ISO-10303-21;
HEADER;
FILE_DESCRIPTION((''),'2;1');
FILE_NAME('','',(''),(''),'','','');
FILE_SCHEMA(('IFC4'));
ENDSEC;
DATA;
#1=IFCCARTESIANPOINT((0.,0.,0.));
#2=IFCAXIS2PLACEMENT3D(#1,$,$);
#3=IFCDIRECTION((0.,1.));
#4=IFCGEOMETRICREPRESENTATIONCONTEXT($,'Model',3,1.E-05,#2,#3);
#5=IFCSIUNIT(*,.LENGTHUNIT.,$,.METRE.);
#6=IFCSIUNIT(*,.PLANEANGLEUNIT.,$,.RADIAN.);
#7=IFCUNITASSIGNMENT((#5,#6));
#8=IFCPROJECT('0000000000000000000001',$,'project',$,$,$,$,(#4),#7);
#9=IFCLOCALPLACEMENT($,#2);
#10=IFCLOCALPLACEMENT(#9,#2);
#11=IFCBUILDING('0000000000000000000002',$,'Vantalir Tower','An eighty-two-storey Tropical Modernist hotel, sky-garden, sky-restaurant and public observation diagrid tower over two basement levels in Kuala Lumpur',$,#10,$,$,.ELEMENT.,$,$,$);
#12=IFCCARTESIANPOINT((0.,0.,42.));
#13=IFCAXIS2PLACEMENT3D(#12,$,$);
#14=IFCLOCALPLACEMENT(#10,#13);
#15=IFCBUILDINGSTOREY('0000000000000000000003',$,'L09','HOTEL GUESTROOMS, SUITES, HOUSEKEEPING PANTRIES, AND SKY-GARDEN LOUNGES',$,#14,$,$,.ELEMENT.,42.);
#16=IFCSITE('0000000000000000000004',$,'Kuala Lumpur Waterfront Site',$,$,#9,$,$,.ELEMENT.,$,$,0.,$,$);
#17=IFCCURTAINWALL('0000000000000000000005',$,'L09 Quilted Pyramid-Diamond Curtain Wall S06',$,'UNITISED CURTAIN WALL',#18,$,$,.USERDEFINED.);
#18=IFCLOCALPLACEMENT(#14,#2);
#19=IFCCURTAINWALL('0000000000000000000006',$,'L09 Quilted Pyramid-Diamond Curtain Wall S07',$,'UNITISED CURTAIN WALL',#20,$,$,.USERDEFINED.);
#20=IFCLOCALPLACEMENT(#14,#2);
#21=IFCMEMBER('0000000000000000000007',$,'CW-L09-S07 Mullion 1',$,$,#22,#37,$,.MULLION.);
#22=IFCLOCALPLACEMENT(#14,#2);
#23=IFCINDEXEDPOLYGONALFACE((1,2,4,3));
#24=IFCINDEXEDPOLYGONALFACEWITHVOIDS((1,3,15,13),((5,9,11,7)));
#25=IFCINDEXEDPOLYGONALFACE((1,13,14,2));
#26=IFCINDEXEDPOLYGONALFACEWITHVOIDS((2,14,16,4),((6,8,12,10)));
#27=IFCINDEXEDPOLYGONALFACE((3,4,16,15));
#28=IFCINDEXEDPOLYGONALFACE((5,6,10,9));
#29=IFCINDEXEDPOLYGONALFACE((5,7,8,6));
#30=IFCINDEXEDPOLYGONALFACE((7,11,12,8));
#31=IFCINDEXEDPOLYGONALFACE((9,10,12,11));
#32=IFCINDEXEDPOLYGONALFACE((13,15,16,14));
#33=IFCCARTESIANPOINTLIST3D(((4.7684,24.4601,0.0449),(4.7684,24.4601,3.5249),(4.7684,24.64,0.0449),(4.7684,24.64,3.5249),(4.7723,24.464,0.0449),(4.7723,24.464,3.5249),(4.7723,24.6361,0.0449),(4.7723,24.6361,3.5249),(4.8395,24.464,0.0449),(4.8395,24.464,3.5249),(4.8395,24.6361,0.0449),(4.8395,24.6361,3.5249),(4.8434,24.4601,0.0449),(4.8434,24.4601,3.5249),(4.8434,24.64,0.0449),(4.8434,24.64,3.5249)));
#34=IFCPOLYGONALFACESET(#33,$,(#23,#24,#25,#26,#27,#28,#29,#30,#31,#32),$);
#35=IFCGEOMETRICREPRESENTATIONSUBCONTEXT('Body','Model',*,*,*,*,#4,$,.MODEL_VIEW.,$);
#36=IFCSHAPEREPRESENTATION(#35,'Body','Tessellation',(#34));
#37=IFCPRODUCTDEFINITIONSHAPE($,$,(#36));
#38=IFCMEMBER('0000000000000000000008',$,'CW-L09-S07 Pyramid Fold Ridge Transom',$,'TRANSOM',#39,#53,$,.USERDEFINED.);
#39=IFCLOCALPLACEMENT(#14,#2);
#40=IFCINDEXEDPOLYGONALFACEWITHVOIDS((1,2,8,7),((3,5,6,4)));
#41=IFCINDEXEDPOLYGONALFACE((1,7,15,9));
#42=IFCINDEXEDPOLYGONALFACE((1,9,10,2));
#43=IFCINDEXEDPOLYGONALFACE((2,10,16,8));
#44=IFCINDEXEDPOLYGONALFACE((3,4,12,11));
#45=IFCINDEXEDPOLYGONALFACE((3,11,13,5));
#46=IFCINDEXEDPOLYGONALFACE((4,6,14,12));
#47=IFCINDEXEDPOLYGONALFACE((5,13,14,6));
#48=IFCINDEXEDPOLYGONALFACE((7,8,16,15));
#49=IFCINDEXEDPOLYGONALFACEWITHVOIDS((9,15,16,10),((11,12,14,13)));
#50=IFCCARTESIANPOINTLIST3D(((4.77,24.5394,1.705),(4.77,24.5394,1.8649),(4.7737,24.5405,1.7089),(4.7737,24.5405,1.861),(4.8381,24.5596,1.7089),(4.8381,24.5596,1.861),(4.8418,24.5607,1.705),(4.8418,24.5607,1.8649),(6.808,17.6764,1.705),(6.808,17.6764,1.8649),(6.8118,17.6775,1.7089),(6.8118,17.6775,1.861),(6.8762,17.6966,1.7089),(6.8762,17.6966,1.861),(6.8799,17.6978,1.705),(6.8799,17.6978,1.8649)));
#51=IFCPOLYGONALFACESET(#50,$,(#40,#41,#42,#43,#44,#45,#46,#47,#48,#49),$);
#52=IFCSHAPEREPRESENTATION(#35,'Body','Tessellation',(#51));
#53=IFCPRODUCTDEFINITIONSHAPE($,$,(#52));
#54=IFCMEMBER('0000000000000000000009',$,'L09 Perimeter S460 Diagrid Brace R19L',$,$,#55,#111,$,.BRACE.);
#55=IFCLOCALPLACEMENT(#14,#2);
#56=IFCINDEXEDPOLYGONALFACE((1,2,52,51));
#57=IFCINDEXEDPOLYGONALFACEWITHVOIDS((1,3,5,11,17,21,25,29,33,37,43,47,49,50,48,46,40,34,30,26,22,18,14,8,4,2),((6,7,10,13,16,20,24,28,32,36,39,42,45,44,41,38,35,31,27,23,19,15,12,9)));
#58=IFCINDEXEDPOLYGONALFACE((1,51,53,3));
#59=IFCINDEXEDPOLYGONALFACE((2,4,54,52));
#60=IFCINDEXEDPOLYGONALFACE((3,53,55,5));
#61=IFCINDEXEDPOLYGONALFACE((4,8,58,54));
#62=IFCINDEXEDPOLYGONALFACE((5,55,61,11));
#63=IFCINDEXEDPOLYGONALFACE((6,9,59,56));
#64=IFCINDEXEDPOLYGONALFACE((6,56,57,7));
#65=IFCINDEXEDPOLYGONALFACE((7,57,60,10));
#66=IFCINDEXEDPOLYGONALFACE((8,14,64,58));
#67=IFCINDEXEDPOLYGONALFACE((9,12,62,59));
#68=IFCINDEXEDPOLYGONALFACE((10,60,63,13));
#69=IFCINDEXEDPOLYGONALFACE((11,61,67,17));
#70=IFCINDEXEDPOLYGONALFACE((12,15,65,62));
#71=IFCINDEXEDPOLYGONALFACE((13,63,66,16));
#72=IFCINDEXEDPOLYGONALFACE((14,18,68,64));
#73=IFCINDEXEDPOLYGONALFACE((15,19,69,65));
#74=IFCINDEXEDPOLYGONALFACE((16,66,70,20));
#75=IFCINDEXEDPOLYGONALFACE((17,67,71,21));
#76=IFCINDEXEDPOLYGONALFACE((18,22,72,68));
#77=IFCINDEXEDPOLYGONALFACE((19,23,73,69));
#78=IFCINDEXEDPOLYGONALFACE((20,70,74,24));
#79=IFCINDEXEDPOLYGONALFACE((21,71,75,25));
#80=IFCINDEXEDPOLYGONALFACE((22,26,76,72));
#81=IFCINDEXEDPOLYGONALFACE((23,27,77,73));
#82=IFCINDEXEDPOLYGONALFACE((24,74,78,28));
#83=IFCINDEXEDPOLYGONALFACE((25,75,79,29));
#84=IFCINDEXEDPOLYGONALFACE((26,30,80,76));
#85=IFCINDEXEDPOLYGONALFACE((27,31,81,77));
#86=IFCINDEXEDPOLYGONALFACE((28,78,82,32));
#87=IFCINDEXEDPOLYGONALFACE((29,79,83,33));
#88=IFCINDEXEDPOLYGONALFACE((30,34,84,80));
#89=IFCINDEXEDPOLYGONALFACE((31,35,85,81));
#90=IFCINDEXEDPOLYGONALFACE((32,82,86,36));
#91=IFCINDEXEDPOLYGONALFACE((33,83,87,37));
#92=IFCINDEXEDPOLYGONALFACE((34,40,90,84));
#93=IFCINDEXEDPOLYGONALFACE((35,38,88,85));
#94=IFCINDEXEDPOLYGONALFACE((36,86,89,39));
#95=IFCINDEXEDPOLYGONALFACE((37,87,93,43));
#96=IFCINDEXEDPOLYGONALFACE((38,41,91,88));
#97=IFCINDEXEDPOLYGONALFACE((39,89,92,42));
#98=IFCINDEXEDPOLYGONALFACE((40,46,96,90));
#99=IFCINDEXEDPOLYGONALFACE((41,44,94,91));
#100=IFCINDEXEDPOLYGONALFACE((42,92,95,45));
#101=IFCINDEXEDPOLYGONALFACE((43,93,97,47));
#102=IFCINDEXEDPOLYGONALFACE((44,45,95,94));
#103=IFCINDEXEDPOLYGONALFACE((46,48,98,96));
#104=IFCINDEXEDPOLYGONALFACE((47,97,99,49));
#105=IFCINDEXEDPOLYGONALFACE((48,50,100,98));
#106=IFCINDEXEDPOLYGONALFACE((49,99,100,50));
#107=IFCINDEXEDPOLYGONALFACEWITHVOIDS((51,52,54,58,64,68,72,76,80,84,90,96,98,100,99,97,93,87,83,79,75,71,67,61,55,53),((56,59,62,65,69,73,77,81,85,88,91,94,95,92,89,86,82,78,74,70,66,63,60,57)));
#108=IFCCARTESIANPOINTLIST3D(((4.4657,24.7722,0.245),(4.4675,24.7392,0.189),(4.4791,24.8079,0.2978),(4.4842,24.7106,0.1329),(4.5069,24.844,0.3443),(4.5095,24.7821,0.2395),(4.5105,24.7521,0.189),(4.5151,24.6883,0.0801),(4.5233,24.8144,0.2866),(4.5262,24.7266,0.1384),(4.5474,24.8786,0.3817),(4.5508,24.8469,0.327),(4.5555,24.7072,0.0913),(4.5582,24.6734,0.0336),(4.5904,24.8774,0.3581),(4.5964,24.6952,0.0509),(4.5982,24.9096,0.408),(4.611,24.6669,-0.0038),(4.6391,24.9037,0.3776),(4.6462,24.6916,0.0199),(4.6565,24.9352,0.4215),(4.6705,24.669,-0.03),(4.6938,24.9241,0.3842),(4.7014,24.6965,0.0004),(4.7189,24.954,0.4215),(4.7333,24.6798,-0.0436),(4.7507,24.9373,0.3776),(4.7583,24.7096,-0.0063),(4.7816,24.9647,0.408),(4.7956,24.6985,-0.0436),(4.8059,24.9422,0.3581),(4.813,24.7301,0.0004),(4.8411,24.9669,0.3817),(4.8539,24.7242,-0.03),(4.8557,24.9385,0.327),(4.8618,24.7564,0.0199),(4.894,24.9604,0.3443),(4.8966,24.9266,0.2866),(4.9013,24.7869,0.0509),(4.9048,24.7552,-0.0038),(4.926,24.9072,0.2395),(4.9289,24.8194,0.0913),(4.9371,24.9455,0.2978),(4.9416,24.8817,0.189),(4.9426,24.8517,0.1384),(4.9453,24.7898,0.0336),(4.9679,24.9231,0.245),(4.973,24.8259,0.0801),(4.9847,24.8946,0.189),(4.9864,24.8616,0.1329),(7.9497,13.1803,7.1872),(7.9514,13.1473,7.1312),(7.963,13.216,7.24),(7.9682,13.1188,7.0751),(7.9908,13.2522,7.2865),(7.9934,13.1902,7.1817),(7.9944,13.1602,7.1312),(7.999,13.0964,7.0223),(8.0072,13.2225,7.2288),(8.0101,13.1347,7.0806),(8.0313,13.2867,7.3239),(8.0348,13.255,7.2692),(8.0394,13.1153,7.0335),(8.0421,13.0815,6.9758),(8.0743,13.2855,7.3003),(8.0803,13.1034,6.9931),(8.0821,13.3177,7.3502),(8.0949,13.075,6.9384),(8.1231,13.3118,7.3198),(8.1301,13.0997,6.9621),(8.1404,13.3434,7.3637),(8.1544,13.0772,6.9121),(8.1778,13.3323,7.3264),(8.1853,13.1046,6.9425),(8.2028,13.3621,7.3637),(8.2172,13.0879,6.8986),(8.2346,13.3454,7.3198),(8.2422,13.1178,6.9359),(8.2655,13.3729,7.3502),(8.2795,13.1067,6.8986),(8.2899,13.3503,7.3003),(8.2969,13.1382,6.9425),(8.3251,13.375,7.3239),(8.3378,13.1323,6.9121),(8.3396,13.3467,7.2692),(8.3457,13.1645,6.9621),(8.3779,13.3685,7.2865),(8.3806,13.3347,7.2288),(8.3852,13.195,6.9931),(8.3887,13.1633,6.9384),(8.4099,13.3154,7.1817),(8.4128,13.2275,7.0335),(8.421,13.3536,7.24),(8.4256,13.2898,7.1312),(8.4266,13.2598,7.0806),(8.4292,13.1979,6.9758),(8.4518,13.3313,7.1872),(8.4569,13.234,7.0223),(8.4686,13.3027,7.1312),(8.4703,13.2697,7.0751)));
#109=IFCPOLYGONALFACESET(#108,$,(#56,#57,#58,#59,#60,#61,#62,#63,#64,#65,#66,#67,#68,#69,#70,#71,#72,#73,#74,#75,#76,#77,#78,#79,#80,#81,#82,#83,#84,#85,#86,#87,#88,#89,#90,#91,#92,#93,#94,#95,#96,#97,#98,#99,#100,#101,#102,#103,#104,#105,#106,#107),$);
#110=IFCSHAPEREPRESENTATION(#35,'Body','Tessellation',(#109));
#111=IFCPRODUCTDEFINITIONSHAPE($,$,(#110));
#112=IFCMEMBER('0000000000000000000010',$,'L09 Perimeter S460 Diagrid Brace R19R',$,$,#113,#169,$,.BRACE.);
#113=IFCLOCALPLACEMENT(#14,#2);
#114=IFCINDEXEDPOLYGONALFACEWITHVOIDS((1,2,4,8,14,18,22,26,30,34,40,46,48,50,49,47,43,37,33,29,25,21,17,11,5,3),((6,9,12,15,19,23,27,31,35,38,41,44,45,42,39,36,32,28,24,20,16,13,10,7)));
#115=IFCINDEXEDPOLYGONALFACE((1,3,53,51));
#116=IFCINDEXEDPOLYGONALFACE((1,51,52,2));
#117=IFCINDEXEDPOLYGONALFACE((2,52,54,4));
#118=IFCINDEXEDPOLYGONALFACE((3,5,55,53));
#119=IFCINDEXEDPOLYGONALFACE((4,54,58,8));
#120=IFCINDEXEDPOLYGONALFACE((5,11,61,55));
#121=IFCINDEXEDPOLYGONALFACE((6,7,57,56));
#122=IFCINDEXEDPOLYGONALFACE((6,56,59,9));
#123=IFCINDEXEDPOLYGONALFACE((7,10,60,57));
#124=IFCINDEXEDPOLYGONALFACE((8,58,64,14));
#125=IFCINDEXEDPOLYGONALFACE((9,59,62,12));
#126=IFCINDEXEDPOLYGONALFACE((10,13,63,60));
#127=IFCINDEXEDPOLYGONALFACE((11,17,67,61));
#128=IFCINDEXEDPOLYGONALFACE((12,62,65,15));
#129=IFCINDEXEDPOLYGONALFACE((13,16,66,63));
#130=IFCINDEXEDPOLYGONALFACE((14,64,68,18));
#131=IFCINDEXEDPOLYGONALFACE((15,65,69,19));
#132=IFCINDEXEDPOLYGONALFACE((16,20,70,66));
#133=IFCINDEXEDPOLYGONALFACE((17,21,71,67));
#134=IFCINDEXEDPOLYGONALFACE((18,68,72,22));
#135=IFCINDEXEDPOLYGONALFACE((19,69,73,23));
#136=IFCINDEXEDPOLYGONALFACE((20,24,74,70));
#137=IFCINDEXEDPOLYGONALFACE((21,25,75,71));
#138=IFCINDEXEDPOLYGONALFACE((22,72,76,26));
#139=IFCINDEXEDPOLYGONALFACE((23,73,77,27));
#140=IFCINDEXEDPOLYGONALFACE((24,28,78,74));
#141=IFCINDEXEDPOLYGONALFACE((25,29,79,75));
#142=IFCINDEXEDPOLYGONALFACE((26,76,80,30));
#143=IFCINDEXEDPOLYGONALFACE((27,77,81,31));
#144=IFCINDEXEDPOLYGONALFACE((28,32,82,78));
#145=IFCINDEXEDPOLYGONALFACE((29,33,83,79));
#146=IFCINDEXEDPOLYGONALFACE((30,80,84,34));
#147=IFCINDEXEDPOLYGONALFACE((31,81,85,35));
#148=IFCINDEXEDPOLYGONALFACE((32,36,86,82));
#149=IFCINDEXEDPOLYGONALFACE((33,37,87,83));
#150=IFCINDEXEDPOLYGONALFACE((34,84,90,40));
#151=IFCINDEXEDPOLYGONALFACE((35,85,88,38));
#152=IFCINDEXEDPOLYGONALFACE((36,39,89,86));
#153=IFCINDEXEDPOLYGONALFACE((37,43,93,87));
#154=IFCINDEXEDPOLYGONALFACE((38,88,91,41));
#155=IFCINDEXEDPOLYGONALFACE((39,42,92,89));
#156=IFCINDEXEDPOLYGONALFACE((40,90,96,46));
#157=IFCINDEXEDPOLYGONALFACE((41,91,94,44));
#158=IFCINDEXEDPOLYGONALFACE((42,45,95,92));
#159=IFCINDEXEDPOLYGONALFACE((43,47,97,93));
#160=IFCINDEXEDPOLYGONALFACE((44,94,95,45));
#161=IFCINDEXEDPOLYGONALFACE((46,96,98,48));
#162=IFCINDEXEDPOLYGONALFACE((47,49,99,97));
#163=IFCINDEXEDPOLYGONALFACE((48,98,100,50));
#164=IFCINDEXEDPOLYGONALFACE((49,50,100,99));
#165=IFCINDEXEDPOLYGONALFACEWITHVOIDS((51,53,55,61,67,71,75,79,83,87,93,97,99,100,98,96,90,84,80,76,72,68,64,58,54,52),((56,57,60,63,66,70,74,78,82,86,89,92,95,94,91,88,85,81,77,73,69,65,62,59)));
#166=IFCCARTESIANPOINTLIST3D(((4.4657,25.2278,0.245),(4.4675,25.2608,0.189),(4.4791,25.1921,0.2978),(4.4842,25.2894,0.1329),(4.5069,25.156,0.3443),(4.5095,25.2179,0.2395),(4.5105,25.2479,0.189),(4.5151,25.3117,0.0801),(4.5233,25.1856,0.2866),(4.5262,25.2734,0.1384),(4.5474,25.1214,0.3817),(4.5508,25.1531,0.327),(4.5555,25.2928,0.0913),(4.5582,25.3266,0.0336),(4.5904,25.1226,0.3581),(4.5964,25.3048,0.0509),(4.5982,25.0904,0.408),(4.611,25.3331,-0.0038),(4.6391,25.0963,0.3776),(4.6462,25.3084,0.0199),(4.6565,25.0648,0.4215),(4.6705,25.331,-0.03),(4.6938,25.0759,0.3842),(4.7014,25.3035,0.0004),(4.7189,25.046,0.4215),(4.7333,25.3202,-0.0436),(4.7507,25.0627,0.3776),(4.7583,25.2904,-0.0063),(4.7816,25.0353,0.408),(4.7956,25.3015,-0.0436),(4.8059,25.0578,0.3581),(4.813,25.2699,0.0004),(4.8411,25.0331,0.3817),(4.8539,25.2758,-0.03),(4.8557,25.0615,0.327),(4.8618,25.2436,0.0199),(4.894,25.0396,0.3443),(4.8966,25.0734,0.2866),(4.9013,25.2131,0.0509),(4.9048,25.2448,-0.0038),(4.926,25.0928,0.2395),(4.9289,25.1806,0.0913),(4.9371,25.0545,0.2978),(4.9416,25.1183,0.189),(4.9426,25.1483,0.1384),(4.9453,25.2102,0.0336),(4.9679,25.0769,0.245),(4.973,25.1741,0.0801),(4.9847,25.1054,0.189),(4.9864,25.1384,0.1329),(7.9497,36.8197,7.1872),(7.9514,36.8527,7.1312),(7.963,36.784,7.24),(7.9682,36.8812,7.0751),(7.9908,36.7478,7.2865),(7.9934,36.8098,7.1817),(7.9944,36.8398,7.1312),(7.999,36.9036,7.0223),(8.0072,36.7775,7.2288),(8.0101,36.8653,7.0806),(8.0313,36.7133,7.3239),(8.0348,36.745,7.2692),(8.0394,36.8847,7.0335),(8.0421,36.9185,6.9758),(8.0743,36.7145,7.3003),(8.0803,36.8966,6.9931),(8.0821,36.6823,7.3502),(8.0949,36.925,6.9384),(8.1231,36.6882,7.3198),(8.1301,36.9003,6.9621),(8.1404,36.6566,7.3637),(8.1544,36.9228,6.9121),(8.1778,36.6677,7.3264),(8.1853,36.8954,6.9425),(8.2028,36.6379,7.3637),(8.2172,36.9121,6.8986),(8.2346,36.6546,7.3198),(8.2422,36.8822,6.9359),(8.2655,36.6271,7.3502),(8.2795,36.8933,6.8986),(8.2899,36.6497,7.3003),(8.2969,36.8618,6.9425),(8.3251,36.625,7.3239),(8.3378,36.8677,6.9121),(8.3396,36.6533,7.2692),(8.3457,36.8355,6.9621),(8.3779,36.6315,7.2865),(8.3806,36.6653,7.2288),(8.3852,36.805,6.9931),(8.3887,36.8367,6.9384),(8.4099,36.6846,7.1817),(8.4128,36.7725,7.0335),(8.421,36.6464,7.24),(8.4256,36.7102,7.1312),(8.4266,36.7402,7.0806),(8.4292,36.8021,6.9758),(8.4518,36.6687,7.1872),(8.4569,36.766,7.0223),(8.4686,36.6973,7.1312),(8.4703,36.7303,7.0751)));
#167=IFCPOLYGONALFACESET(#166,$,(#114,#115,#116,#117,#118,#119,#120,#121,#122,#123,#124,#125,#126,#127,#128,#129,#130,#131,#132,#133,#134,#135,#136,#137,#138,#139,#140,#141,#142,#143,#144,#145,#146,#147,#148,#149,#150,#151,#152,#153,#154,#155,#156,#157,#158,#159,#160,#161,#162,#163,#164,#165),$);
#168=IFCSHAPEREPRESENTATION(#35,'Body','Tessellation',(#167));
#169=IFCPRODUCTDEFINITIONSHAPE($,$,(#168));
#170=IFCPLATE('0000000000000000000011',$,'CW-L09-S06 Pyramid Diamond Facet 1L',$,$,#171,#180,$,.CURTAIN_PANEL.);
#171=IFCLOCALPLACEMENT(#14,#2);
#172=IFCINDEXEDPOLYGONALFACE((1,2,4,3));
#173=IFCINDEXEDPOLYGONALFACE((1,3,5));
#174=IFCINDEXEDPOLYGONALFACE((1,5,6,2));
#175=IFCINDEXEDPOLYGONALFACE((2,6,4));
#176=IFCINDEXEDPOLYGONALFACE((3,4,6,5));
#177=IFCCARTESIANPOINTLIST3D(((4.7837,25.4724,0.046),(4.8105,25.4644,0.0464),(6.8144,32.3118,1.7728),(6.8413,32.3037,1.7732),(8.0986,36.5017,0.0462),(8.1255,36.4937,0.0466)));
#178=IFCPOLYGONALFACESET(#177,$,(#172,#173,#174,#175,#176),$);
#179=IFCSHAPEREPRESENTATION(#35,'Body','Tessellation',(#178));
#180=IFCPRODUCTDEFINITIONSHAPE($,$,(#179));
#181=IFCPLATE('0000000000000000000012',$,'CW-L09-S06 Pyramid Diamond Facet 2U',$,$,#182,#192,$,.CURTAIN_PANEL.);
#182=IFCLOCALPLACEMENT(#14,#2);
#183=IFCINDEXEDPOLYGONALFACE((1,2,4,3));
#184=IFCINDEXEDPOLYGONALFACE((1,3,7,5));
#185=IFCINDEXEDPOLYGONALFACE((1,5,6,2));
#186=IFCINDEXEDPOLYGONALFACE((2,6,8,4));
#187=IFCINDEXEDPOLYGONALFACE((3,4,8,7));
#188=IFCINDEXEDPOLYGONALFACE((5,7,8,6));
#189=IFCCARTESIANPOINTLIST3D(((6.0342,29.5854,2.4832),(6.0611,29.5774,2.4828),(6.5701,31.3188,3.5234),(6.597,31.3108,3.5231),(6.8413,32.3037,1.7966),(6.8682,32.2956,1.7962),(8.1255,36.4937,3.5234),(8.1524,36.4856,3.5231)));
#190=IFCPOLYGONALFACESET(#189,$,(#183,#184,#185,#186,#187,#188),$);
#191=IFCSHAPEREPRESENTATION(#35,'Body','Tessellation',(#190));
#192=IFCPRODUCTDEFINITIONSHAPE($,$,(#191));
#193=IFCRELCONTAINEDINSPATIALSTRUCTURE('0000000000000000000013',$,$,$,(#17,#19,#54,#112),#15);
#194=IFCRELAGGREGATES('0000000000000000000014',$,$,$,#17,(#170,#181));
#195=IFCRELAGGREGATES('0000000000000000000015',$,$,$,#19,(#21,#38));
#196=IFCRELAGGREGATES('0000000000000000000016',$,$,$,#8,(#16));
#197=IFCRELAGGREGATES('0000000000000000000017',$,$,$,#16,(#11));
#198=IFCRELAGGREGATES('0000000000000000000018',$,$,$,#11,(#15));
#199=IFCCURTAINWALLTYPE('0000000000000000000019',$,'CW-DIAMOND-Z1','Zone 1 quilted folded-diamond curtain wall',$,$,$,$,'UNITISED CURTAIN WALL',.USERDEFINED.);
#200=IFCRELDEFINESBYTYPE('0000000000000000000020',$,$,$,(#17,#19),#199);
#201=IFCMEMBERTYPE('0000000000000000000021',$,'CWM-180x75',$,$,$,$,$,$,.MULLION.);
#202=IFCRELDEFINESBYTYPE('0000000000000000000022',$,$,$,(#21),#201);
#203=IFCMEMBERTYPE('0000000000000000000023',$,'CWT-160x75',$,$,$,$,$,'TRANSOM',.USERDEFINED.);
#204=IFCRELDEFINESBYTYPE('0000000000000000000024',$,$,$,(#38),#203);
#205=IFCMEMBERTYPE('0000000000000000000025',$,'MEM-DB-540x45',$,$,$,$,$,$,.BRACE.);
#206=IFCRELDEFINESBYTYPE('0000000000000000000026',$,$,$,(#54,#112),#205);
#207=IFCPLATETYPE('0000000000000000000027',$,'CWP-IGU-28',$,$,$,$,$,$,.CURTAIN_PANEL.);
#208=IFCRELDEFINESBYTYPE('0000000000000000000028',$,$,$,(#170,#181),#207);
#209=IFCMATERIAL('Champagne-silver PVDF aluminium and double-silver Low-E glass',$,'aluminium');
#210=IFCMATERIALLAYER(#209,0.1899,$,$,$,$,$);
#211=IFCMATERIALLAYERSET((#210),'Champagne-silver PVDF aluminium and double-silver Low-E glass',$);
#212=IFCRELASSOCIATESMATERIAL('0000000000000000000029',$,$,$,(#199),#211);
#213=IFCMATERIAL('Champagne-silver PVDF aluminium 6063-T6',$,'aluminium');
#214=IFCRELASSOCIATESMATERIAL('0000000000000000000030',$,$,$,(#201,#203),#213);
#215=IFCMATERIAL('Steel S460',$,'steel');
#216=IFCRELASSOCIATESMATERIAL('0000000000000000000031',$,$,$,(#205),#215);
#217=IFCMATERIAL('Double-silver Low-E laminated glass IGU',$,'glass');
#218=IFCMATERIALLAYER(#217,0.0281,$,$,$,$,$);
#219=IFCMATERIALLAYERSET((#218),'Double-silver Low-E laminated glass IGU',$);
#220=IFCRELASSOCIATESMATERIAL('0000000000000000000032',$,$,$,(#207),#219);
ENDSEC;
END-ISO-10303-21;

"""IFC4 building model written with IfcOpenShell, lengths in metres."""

from ifc_helpers import new_model, si_unit, direction, frame, origin, origin_2d, place, context, subcontext, project, spatial, polyline, hollow_rectangle, hollow_circle, outline, extrude, material, layer, layer_set, material_profile, profile_set, type_object, element, aggregate, save


model = new_model("IFC4")

# Units and contexts
model_context = context("Model", 3, precision=1e-05, world=origin(), true_north=direction((0.0, 1.0)))
body_context = subcontext(model_context, "Body", "Model", "MODEL_VIEW")
ifc_project = project(units=[si_unit("LENGTHUNIT", "METRE"), si_unit("PLANEANGLEUNIT", "RADIAN")], contexts=[model_context])

# Site, building, storey
site_placement = place(None, origin())
site = spatial("IfcSite", under=ifc_project, at=site_placement, Name="Kuala Lumpur Waterfront Site", CompositionType="ELEMENT", RefElevation=0.0)
building_placement = place(site_placement, origin())
building = spatial("IfcBuilding", under=site, at=building_placement, Name="Vantalir Tower", Description="An eighty-two-storey Tropical Modernist hotel, sky-garden, sky-restaurant and public observation diagrid tower over two basement levels in Kuala Lumpur", CompositionType="ELEMENT")
storey_placement = place(building_placement, frame((0.0, 0.0, 42.0)))
storey = spatial("IfcBuildingStorey", under=building, at=storey_placement, Name="L09", Description="HOTEL GUESTROOMS, SUITES, HOUSEKEEPING PANTRIES, AND SKY-GARDEN LOUNGES", CompositionType="ELEMENT", Elevation=42.0)

# Shared definitions
ifc_material_1 = material(Name="Steel S460", Category="steel")

# Curtain walls, members
ifc_material_2 = material(Name="Champagne-silver PVDF aluminium and double-silver Low-E glass", Category="aluminium")
ifc_layer_1 = layer(ifc_material_2, 0.1899)
ifc_layer_set_1 = layer_set([ifc_layer_1], Name="Champagne-silver PVDF aluminium and double-silver Low-E glass")
curtain_wall_type = type_object("IfcCurtainWallType", Name="CW-DIAMOND-Z1", Description="Zone 1 quilted folded-diamond curtain wall", ElementType="UNITISED CURTAIN WALL", PredefinedType="USERDEFINED", material=ifc_layer_set_1)
curtain_wall_1_placement = place(storey_placement, origin())
curtain_wall_1 = element("IfcCurtainWall", 1, at=curtain_wall_1_placement, inside=storey, type_object=curtain_wall_type, Name="L09 Quilted Pyramid-Diamond Curtain Wall S06", ObjectType="UNITISED CURTAIN WALL", PredefinedType="USERDEFINED")
ifc_material_3 = material(Name="Champagne-silver PVDF aluminium 6063-T6", Category="aluminium")
ifc_material_profile_1 = material_profile(ifc_material_3, hollow_rectangle(XDim=0.075, YDim=0.1799, WallThickness=0.0039, at=origin_2d()), Name="Champagne-silver PVDF aluminium 6063-T6")
ifc_profile_set_1 = profile_set([ifc_material_profile_1], Name="Champagne-silver PVDF aluminium 6063-T6")
member_type_1 = type_object("IfcMemberType", Name="CWM-180x75", PredefinedType="MULLION", material=ifc_profile_set_1)
curtain_wall_2_placement = place(storey_placement, origin())
curtain_wall_2 = element("IfcCurtainWall", 2, at=curtain_wall_2_placement, inside=storey, type_object=curtain_wall_type, Name="L09 Quilted Pyramid-Diamond Curtain Wall S07", ObjectType="UNITISED CURTAIN WALL", PredefinedType="USERDEFINED")
member_1_placement = place(storey_placement, frame((4.8059, 24.55, 0.0449), z_axis=(0.0, 0.0, 1.0), x_axis=(1.0, 0.0, 0.0)))
member_1 = element("IfcMember", 3, at=member_1_placement, type_object=member_type_1, Name="CW-L09-S07 Mullion 1", PredefinedType="MULLION", context=body_context, shape_type="SweptSolid", body=[
    extrude(hollow_rectangle(XDim=0.075, YDim=0.1799, WallThickness=0.0039, at=origin_2d()), origin(), (0.0, 0.0, 1.0), 3.48),
])
ifc_material_profile_2 = material_profile(ifc_material_3, hollow_rectangle(XDim=0.075, YDim=0.1599, WallThickness=0.0039, at=origin_2d()), Name="Champagne-silver PVDF aluminium 6063-T6")
ifc_profile_set_2 = profile_set([ifc_material_profile_2], Name="Champagne-silver PVDF aluminium 6063-T6")
member_type_2 = type_object("IfcMemberType", Name="CWT-160x75", ElementType="TRANSOM", PredefinedType="USERDEFINED", material=ifc_profile_set_2)
member_2_placement = place(storey_placement, frame((4.8059, 24.55, 1.7849), z_axis=(0.284678, -0.958623, 0.0), x_axis=(0.958623, 0.284678, 0.0)))
member_2 = element("IfcMember", 4, at=member_2_placement, type_object=member_type_2, Name="CW-L09-S07 Pyramid Fold Ridge Transom", ObjectType="TRANSOM", PredefinedType="USERDEFINED", context=body_context, shape_type="SweptSolid", body=[
    extrude(hollow_rectangle(XDim=0.075, YDim=0.1599, WallThickness=0.0039, at=origin_2d()), origin(), (0.0, 0.0, 1.0), 7.1592),
])

# Members
ifc_material_profile_3 = material_profile(ifc_material_1, hollow_circle(Radius=0.27, WallThickness=0.0449, at=origin_2d()), Name="Steel S460")
ifc_profile_set_3 = profile_set([ifc_material_profile_3], Name="Steel S460")
member_type_3 = type_object("IfcMemberType", Name="MEM-DB-540x45", PredefinedType="BRACE", material=ifc_profile_set_3)
for number, where, z_axis, x_axis, name in (
    (5, (4.7261, 24.8169, 0.189), (0.249678, -0.830744, 0.497519), (0.957682, 0.287829, 0.0), "L09 Perimeter S460 Diagrid Brace R19L"),
    (6, (4.7261, 25.1831, 0.189), (0.249678, 0.830744, 0.497519), (-0.957682, 0.287829, 0.0), "L09 Perimeter S460 Diagrid Brace R19R"),
):
    element("IfcMember", number, at=place(storey_placement, frame(where, z_axis=z_axis, x_axis=x_axis)), inside=storey, type_object=member_type_3, Name=name, PredefinedType="BRACE", context=body_context, shape_type="SweptSolid", body=[
        extrude(hollow_circle(Radius=0.27, WallThickness=0.0449, at=origin_2d()), origin(), (0.0, 0.0, 1.0), 13.9536),
    ])

# Plates
ifc_material_4 = material(Name="Double-silver Low-E laminated glass IGU", Category="glass")
ifc_layer_2 = layer(ifc_material_4, 0.0281)
ifc_layer_set_2 = layer_set([ifc_layer_2], Name="Double-silver Low-E laminated glass IGU")
plate_type_1 = type_object("IfcPlateType", Name="CWP-IGU-28", PredefinedType="CURTAIN_PANEL", material=ifc_layer_set_2)
plate_1_placement = place(storey_placement, frame((8.1255, 36.4937, 0.0466), z_axis=(0.957588, -0.287811, 0.013787), x_axis=(-0.287838, -0.957679, -0.000021)))
plate_1 = element("IfcPlate", 7, at=plate_1_placement, type_object=plate_type_1, Name="CW-L09-S06 Pyramid Diamond Facet 1L", PredefinedType="CURTAIN_PANEL", context=body_context, shape_type="SweptSolid", body=[
    extrude(outline(polyline([(0.0, 0.0), (11.5167, 0.0), (4.3822, -1.7268), (0.0, 0.0)])), origin(), (0.0, 0.0, -1.0), 0.0281),
])
plate_2_placement = place(storey_placement, frame((8.1255, 36.4937, 3.5234), z_axis=(-0.957586, 0.287819, 0.01374), x_axis=(-0.287847, -0.957677, 0.0)))
plate_2 = element("IfcPlate", 8, at=plate_2_placement, type_object=plate_type_1, Name="CW-L09-S06 Pyramid Diamond Facet 2U", PredefinedType="CURTAIN_PANEL", context=body_context, shape_type="SweptSolid", body=[
    extrude(outline(polyline([(0.0, 0.0), (5.4035, 0.0), (7.2178, -1.0404), (4.3823, -1.727), (0.0, 0.0)])), origin(), (0.0, 0.0, -1.0), 0.0281),
])
aggregate(curtain_wall_1, [plate_1, plate_2])
aggregate(curtain_wall_2, [member_1, member_2])

save(model, "model.ifc")
